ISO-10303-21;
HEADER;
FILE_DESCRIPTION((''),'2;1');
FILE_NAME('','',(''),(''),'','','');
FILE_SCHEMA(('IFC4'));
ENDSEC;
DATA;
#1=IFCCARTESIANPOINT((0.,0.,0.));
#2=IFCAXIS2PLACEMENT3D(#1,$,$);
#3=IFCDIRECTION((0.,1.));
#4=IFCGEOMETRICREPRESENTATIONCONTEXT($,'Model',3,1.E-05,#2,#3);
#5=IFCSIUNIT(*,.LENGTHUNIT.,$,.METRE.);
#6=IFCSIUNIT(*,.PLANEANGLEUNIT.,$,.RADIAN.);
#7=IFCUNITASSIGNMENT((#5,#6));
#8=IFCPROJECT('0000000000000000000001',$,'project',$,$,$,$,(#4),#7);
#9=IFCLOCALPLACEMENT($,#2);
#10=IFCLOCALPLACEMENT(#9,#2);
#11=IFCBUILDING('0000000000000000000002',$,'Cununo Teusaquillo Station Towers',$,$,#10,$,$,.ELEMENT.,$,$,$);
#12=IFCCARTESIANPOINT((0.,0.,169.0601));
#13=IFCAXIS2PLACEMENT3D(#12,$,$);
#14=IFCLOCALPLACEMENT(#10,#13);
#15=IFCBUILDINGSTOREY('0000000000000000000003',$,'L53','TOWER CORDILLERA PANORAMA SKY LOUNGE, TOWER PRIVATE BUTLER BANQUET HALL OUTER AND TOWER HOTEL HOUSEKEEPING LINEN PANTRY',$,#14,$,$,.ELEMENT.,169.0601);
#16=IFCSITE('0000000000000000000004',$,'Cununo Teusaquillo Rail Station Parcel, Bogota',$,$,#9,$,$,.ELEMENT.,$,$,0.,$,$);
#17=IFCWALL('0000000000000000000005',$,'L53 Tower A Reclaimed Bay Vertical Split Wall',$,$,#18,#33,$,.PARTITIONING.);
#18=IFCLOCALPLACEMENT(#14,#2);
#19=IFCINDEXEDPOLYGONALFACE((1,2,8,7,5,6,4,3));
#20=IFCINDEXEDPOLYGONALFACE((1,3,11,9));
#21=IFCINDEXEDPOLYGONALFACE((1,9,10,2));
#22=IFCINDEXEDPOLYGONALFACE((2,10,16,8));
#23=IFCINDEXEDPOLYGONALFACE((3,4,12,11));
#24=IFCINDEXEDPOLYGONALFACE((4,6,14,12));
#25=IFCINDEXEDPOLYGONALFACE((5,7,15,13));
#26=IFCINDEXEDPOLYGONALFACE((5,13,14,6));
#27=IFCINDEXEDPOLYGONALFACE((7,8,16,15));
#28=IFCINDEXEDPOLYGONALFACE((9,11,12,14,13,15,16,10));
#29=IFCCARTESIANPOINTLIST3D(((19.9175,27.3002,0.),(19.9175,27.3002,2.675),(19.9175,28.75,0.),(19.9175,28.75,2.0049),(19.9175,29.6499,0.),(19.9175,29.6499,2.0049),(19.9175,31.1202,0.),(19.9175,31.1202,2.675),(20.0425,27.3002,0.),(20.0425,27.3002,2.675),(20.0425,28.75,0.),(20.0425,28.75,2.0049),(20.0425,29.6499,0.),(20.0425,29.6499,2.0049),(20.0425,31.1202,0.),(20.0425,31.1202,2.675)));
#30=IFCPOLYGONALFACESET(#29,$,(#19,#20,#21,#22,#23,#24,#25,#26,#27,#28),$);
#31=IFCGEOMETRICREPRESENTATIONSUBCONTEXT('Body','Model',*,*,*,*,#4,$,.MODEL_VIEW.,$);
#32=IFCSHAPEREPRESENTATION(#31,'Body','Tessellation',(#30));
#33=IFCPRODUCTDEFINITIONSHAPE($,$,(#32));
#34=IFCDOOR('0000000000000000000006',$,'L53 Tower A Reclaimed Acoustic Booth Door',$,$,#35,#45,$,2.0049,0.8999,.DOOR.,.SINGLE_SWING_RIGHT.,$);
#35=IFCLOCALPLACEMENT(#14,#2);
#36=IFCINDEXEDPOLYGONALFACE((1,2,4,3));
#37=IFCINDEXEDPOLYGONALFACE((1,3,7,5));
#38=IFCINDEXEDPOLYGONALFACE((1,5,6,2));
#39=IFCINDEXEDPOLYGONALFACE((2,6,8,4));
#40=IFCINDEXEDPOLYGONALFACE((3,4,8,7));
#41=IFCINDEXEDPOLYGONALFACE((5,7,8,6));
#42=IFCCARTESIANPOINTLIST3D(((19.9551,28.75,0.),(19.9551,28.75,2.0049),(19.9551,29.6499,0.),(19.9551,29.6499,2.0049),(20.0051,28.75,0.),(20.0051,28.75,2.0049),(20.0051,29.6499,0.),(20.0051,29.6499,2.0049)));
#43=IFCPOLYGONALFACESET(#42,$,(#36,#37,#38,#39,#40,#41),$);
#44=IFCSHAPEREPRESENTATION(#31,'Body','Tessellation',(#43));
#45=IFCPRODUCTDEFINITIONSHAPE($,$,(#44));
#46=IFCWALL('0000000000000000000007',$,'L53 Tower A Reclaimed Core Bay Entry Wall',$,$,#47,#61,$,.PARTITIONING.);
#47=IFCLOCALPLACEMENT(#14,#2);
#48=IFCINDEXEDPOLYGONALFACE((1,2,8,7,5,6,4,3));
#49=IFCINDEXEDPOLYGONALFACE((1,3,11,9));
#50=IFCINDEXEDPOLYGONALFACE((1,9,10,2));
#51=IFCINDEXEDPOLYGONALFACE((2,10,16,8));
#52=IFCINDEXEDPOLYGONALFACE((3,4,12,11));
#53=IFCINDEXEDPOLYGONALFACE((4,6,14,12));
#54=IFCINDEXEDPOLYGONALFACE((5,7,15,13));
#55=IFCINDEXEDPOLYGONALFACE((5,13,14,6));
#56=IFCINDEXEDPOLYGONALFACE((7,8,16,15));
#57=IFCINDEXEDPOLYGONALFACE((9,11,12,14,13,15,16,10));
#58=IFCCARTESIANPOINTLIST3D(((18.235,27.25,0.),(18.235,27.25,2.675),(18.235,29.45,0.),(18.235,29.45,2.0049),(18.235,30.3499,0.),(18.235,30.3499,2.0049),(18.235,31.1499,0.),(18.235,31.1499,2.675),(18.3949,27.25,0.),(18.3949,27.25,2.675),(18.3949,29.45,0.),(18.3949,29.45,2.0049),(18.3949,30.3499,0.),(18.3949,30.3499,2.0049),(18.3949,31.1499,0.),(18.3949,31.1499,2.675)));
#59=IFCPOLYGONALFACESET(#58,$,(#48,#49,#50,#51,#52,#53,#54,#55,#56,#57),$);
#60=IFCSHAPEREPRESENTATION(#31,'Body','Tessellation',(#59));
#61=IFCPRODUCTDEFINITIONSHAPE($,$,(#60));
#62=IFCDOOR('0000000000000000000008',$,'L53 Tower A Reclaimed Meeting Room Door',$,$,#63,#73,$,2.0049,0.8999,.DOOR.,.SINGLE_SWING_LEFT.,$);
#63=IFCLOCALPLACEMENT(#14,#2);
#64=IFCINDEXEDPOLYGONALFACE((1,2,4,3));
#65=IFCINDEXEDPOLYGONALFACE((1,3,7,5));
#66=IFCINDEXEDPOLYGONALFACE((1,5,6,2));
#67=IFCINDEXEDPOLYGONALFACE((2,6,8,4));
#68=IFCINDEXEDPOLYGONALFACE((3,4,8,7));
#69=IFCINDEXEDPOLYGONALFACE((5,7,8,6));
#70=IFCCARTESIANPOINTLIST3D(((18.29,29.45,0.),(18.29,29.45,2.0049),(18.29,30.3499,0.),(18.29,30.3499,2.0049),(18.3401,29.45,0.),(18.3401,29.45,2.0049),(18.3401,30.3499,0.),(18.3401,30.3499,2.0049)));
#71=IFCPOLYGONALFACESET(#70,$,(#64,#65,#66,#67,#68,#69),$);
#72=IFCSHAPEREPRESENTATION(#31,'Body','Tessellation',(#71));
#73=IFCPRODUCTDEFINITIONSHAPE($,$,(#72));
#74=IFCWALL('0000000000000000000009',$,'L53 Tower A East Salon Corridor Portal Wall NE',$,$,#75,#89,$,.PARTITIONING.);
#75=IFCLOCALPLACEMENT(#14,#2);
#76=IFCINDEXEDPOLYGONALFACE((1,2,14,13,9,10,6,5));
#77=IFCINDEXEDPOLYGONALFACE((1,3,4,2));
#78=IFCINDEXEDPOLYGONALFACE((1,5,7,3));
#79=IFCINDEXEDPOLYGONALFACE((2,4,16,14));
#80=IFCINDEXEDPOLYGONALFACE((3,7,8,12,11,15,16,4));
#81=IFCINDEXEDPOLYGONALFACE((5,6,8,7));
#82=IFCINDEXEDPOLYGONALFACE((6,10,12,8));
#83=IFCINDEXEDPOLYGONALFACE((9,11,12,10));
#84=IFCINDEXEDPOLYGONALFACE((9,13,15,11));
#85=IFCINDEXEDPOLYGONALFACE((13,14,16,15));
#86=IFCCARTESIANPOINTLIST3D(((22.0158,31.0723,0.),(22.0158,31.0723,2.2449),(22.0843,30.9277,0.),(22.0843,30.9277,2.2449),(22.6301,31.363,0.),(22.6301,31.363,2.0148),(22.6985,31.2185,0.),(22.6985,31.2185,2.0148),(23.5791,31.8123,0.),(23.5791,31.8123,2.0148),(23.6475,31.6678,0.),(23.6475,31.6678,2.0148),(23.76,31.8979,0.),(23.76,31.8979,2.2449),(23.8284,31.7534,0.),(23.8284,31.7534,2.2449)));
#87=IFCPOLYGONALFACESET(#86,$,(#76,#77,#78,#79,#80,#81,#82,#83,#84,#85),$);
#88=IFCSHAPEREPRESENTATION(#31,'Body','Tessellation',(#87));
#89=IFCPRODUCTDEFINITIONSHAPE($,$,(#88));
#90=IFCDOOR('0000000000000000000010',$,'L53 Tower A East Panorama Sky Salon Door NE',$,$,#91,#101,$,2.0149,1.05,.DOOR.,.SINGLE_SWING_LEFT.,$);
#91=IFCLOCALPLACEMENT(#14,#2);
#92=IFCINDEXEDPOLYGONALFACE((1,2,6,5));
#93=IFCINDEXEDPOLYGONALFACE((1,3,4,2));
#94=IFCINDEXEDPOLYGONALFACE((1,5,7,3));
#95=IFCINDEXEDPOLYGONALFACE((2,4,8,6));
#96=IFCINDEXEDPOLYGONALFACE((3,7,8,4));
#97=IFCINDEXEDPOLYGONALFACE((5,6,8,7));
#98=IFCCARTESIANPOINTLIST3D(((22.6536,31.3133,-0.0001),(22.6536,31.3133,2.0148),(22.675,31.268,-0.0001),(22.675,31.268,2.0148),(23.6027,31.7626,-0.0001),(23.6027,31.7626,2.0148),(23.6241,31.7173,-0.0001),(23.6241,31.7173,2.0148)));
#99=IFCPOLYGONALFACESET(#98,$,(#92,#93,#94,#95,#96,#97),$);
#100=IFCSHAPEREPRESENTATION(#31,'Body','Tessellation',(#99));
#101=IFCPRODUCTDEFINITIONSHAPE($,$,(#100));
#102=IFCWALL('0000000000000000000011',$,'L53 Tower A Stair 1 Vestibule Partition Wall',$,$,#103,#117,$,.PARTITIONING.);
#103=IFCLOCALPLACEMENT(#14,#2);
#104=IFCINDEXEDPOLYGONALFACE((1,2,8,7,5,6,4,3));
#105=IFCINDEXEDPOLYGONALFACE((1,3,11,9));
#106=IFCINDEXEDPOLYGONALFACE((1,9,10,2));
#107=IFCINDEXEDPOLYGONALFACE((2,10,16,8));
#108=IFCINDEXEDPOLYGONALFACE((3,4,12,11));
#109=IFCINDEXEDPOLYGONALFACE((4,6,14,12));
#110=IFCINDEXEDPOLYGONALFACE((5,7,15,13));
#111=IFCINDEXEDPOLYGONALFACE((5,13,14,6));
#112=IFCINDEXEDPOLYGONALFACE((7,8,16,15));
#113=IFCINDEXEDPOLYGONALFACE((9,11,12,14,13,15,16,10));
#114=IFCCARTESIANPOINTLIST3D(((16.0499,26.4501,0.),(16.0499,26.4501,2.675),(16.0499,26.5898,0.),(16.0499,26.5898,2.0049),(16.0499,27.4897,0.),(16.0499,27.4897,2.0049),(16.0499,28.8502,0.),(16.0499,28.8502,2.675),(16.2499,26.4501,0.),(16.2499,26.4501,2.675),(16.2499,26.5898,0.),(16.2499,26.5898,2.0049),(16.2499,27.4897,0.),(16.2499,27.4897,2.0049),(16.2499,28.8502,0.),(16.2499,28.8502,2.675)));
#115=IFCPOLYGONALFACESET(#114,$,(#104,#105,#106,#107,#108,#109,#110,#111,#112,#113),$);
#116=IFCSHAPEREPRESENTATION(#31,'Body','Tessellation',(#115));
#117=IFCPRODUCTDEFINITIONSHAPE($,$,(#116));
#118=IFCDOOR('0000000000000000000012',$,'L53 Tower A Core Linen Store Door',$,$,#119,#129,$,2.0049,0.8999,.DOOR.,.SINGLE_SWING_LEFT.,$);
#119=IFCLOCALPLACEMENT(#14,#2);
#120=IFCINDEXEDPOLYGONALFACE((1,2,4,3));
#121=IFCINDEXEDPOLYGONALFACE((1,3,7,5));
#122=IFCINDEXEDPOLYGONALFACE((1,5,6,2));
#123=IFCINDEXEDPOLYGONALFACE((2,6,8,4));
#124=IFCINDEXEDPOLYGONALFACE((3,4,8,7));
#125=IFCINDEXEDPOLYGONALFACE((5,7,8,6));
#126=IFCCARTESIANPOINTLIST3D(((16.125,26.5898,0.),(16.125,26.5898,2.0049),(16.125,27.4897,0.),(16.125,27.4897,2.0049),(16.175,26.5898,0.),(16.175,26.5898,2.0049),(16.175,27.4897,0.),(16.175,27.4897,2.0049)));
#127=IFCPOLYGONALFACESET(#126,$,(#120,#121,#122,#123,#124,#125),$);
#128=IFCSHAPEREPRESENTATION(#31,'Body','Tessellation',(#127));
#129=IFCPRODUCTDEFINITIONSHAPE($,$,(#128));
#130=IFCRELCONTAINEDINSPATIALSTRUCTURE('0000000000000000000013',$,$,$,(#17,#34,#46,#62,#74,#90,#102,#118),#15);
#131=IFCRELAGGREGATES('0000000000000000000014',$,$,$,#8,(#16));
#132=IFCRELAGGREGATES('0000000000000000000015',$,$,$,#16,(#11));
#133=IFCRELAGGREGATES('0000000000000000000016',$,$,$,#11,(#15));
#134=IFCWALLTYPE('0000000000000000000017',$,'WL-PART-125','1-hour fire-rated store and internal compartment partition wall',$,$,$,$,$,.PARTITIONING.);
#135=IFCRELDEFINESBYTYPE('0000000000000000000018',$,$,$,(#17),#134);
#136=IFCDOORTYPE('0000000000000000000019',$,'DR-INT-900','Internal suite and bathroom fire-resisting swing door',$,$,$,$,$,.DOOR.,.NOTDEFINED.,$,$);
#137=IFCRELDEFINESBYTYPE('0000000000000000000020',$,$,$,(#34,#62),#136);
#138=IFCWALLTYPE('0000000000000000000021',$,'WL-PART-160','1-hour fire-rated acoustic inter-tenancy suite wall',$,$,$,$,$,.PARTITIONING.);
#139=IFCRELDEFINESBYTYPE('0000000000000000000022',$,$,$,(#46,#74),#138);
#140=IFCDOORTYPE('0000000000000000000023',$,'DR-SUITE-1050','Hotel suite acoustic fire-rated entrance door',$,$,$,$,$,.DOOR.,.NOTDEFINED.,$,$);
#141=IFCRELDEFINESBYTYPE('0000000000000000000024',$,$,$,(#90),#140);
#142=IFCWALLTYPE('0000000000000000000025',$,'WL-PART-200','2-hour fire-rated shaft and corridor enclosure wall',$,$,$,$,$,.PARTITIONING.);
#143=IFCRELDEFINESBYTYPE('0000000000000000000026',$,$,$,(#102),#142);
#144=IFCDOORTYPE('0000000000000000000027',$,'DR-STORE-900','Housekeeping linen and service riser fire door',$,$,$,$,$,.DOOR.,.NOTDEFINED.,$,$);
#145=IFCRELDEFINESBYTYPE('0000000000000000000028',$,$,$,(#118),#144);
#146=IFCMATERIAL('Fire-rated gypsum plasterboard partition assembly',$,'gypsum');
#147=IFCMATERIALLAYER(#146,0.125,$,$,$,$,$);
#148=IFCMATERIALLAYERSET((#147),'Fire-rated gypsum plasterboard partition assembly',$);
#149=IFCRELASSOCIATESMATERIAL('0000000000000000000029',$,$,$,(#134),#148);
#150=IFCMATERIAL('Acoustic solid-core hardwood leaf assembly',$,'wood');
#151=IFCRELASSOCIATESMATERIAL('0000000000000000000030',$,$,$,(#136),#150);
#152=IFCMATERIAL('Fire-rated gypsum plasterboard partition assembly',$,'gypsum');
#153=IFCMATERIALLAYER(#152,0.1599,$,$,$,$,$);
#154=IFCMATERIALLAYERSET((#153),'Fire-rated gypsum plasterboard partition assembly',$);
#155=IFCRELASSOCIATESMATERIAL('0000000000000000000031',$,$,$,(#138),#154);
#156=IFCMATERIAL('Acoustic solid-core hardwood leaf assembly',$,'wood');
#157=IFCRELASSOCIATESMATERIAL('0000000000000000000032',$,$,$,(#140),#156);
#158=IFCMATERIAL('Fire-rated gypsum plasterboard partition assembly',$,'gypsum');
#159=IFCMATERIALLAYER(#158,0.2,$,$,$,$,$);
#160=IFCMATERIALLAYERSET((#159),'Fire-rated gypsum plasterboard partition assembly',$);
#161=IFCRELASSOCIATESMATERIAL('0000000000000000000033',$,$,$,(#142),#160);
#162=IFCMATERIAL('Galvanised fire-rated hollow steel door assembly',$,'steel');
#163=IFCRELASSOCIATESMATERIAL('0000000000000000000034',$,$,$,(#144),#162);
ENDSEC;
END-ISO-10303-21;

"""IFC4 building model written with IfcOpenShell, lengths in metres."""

from ifc_helpers import new_model, si_unit, direction, frame, frame_2d, origin, place, context, subcontext, project, spatial, rectangle, extrude, source, transform, mapped, material, layer, layer_set, type_object, element, fill, save


model = new_model("IFC4")

# Units and contexts
model_context = context("Model", 3, precision=1e-05, world=origin(), true_north=direction((0.0, 1.0)))
body_context = subcontext(model_context, "Body", "Model", "MODEL_VIEW")
ifc_project = project(units=[si_unit("LENGTHUNIT", "METRE"), si_unit("PLANEANGLEUNIT", "RADIAN")], contexts=[model_context])

# Site, building, storey
site_placement = place(None, origin())
site = spatial("IfcSite", under=ifc_project, at=site_placement, Name="Cununo Teusaquillo Rail Station Parcel, Bogota", CompositionType="ELEMENT", RefElevation=0.0)
building_placement = place(site_placement, origin())
building = spatial("IfcBuilding", under=site, at=building_placement, Name="Cununo Teusaquillo Station Towers", CompositionType="ELEMENT")
storey_placement = place(building_placement, frame((0.0, 0.0, 169.0601)))
storey = spatial("IfcBuildingStorey", under=building, at=storey_placement, Name="L53", Description="TOWER CORDILLERA PANORAMA SKY LOUNGE, TOWER PRIVATE BUTLER BANQUET HALL OUTER AND TOWER HOTEL HOUSEKEEPING LINEN PANTRY", CompositionType="ELEMENT", Elevation=169.0601)

# Shared definitions
ifc_material_1 = material(Name="Fire-rated gypsum plasterboard partition assembly", Category="gypsum")
ifc_layer_1 = layer(ifc_material_1, 0.125)
ifc_layer_set_1 = layer_set([ifc_layer_1], Name="Fire-rated gypsum plasterboard partition assembly")
wall_type_1 = type_object("IfcWallType", Name="WL-PART-125", Description="1-hour fire-rated store and internal compartment partition wall", PredefinedType="PARTITIONING", material=ifc_layer_set_1)

# Walls, openings, doors
wall_1_placement = place(storey_placement, frame((19.98, 27.3, 0.0), z_axis=(0.0, 0.0, 1.0), x_axis=(0.0, 1.0, 0.0)))
wall_1 = element("IfcWall", 1, at=wall_1_placement, inside=storey, type_object=wall_type_1, Name="L53 Tower A Reclaimed Bay Vertical Split Wall", PredefinedType="PARTITIONING", context=body_context, shape_type="SweptSolid", body=[
    extrude(rectangle(XDim=3.8201, YDim=0.125, at=frame_2d((1.9102, 0.0))), origin(), (0.0, 0.0, 1.0), 2.675),
])
shared_shape_1 = source(origin(), body_context, "Body", "SweptSolid", [
    extrude(rectangle(XDim=0.8999, YDim=2.0049, at=frame_2d((0.45, 1.0024))), frame((0.0, 0.0725, 0.0), z_axis=(0.0, -1.0, 0.0), x_axis=(1.0, 0.0, 0.0)), (0.0, 0.0, 1.0), 0.145),
])
opening_1_placement = place(wall_1_placement, frame((1.45, 0.0, 0.0)))
opening_1 = element("IfcOpeningElement", 2, at=opening_1_placement, cuts=wall_1, PredefinedType="OPENING", context=body_context, shape_type="MappedRepresentation", body=[
    mapped(shared_shape_1, transform((0.0, 0.0, 0.0), x_axis=(1.0, 0.0, 0.0), y_axis=(0.0, 1.0, 0.0), z_axis=(0.0, 0.0, 1.0), scale=1.0)),
])
ifc_material_2 = material(Name="Acoustic solid-core hardwood leaf assembly", Category="wood")
door_type_1 = type_object("IfcDoorType", Name="DR-INT-900", Description="Internal suite and bathroom fire-resisting swing door", OperationType="NOTDEFINED", PredefinedType="DOOR", material=ifc_material_2)
shared_shape_2 = source(origin(), body_context, "Body", "SweptSolid", [
    extrude(rectangle(XDim=0.8999, YDim=2.0049, at=frame_2d((0.45, 1.0024))), frame((0.0, 0.0249, 0.0), z_axis=(0.0, -1.0, 0.0), x_axis=(1.0, 0.0, 0.0)), (0.0, 0.0, 1.0), 0.05),
])
door_1_placement = place(opening_1_placement, origin())
door_1 = element("IfcDoor", 3, at=door_1_placement, inside=storey, type_object=door_type_1, Name="L53 Tower A Reclaimed Acoustic Booth Door", OperationType="SINGLE_SWING_RIGHT", OverallHeight=2.0049, OverallWidth=0.8999, PredefinedType="DOOR", context=body_context, shape_type="MappedRepresentation", body=[
    mapped(shared_shape_2, transform((0.0, 0.0, 0.0), x_axis=(1.0, 0.0, 0.0), y_axis=(0.0, 1.0, 0.0), z_axis=(0.0, 0.0, 1.0), scale=1.0)),
])
fill(opening_1, door_1)
ifc_material_3 = material(Name="Fire-rated gypsum plasterboard partition assembly", Category="gypsum")
ifc_layer_2 = layer(ifc_material_3, 0.1599)
ifc_layer_set_2 = layer_set([ifc_layer_2], Name="Fire-rated gypsum plasterboard partition assembly")
wall_type_2 = type_object("IfcWallType", Name="WL-PART-160", Description="1-hour fire-rated acoustic inter-tenancy suite wall", PredefinedType="PARTITIONING", material=ifc_layer_set_2)
wall_2_placement = place(storey_placement, frame((18.3149, 27.25, 0.0), z_axis=(0.0, 0.0, 1.0), x_axis=(0.0, 1.0, 0.0)))
wall_2 = element("IfcWall", 4, at=wall_2_placement, inside=storey, type_object=wall_type_2, Name="L53 Tower A Reclaimed Core Bay Entry Wall", PredefinedType="PARTITIONING", context=body_context, shape_type="SweptSolid", body=[
    extrude(rectangle(XDim=3.8999, YDim=0.1599, at=frame_2d((1.95, 0.0))), origin(), (0.0, 0.0, 1.0), 2.675),
])
shared_shape_3 = source(origin(), body_context, "Body", "SweptSolid", [
    extrude(rectangle(XDim=0.8999, YDim=2.0049, at=frame_2d((0.45, 1.0024))), frame((0.0, 0.0898, 0.0), z_axis=(0.0, -1.0, 0.0), x_axis=(1.0, 0.0, 0.0)), (0.0, 0.0, 1.0), 0.1799),
])
opening_2_placement = place(wall_2_placement, frame((2.2, 0.0, 0.0)))
opening_2 = element("IfcOpeningElement", 5, at=opening_2_placement, cuts=wall_2, PredefinedType="OPENING", context=body_context, shape_type="MappedRepresentation", body=[
    mapped(shared_shape_3, transform((0.0, 0.0, 0.0), x_axis=(1.0, 0.0, 0.0), y_axis=(0.0, 1.0, 0.0), z_axis=(0.0, 0.0, 1.0), scale=1.0)),
])
door_2_placement = place(opening_2_placement, origin())
door_2 = element("IfcDoor", 6, at=door_2_placement, inside=storey, type_object=door_type_1, Name="L53 Tower A Reclaimed Meeting Room Door", OperationType="SINGLE_SWING_LEFT", OverallHeight=2.0049, OverallWidth=0.8999, PredefinedType="DOOR", context=body_context, shape_type="MappedRepresentation", body=[
    mapped(shared_shape_2, transform((0.0, 0.0, 0.0), x_axis=(1.0, 0.0, 0.0), y_axis=(0.0, 1.0, 0.0), z_axis=(0.0, 0.0, 1.0), scale=1.0)),
])
fill(opening_2, door_2)
wall_3_placement = place(storey_placement, frame((22.05, 31.0, 0.0), z_axis=(0.0, 0.0, 1.0), x_axis=(0.903836, 0.42788, 0.0)))
wall_3 = element("IfcWall", 7, at=wall_3_placement, inside=storey, type_object=wall_type_2, Name="L53 Tower A East Salon Corridor Portal Wall NE", PredefinedType="PARTITIONING", context=body_context, shape_type="SweptSolid", body=[
    extrude(rectangle(XDim=1.9297, YDim=0.1599, at=frame_2d((0.9648, 0.0))), origin(), (0.0, 0.0, 1.0), 2.2449),
])
shared_shape_4 = source(origin(), body_context, "Body", "SweptSolid", [
    extrude(rectangle(XDim=1.05, YDim=2.0149, at=frame_2d((0.5249, 1.0073))), frame((0.0, 0.0898, 0.0), z_axis=(0.0, -1.0, 0.0), x_axis=(1.0, 0.0, 0.0)), (0.0, 0.0, 1.0), 0.1799),
])
opening_3_placement = place(wall_3_placement, frame((0.6797, 0.0, 0.0)))
opening_3 = element("IfcOpeningElement", 8, at=opening_3_placement, cuts=wall_3, PredefinedType="OPENING", context=body_context, shape_type="MappedRepresentation", body=[
    mapped(shared_shape_4, transform((0.0, 0.0, 0.0), x_axis=(1.0, 0.0, 0.0), y_axis=(0.0, 1.0, 0.0), z_axis=(0.0, 0.0, 1.0), scale=1.0)),
])
ifc_material_4 = material(Name="Acoustic solid-core hardwood leaf assembly", Category="wood")
door_type_2 = type_object("IfcDoorType", Name="DR-SUITE-1050", Description="Hotel suite acoustic fire-rated entrance door", OperationType="NOTDEFINED", PredefinedType="DOOR", material=ifc_material_4)
shared_shape_5 = source(origin(), body_context, "Body", "SweptSolid", [
    extrude(rectangle(XDim=1.05, YDim=2.0149, at=frame_2d((0.5249, 1.0073))), frame((0.0, 0.0249, 0.0), z_axis=(0.0, -1.0, 0.0), x_axis=(1.0, 0.0, 0.0)), (0.0, 0.0, 1.0), 0.05),
])
door_3_placement = place(opening_3_placement, origin())
door_3 = element("IfcDoor", 9, at=door_3_placement, inside=storey, type_object=door_type_2, Name="L53 Tower A East Panorama Sky Salon Door NE", OperationType="SINGLE_SWING_LEFT", OverallHeight=2.0149, OverallWidth=1.05, PredefinedType="DOOR", context=body_context, shape_type="MappedRepresentation", body=[
    mapped(shared_shape_5, transform((0.0, 0.0, 0.0), x_axis=(1.0, 0.0, 0.0), y_axis=(0.0, 1.0, 0.0), z_axis=(0.0, 0.0, 1.0), scale=1.0)),
])
fill(opening_3, door_3)
ifc_material_5 = material(Name="Fire-rated gypsum plasterboard partition assembly", Category="gypsum")
ifc_layer_3 = layer(ifc_material_5, 0.2)
ifc_layer_set_3 = layer_set([ifc_layer_3], Name="Fire-rated gypsum plasterboard partition assembly")
wall_type_3 = type_object("IfcWallType", Name="WL-PART-200", Description="2-hour fire-rated shaft and corridor enclosure wall", PredefinedType="PARTITIONING", material=ifc_layer_set_3)
wall_4_placement = place(storey_placement, frame((16.1499, 26.45, 0.0), z_axis=(0.0, 0.0, 1.0), x_axis=(0.0, 1.0, 0.0)))
wall_4 = element("IfcWall", 10, at=wall_4_placement, inside=storey, type_object=wall_type_3, Name="L53 Tower A Stair 1 Vestibule Partition Wall", PredefinedType="PARTITIONING", context=body_context, shape_type="SweptSolid", body=[
    extrude(rectangle(XDim=2.4001, YDim=0.2, at=frame_2d((1.2002, 0.0))), origin(), (0.0, 0.0, 1.0), 2.675),
])
shared_shape_6 = source(origin(), body_context, "Body", "SweptSolid", [
    extrude(rectangle(XDim=0.8999, YDim=2.0049, at=frame_2d((0.45, 1.0024))), frame((0.0, 0.1099, 0.0), z_axis=(0.0, -1.0, 0.0), x_axis=(1.0, 0.0, 0.0)), (0.0, 0.0, 1.0), 0.22),
])
opening_4_placement = place(wall_4_placement, frame((0.1399, 0.0, 0.0)))
opening_4 = element("IfcOpeningElement", 11, at=opening_4_placement, cuts=wall_4, PredefinedType="OPENING", context=body_context, shape_type="MappedRepresentation", body=[
    mapped(shared_shape_6, transform((0.0, 0.0, 0.0), x_axis=(1.0, 0.0, 0.0), y_axis=(0.0, 1.0, 0.0), z_axis=(0.0, 0.0, 1.0), scale=1.0)),
])
ifc_material_6 = material(Name="Galvanised fire-rated hollow steel door assembly", Category="steel")
door_type_3 = type_object("IfcDoorType", Name="DR-STORE-900", Description="Housekeeping linen and service riser fire door", OperationType="NOTDEFINED", PredefinedType="DOOR", material=ifc_material_6)
door_4_placement = place(opening_4_placement, origin())
door_4 = element("IfcDoor", 12, at=door_4_placement, inside=storey, type_object=door_type_3, Name="L53 Tower A Core Linen Store Door", OperationType="SINGLE_SWING_LEFT", OverallHeight=2.0049, OverallWidth=0.8999, PredefinedType="DOOR", context=body_context, shape_type="MappedRepresentation", body=[
    mapped(shared_shape_2, transform((0.0, 0.0, 0.0), x_axis=(1.0, 0.0, 0.0), y_axis=(0.0, 1.0, 0.0), z_axis=(0.0, 0.0, 1.0), scale=1.0)),
])
fill(opening_4, door_4)

save(model, "model.ifc")
